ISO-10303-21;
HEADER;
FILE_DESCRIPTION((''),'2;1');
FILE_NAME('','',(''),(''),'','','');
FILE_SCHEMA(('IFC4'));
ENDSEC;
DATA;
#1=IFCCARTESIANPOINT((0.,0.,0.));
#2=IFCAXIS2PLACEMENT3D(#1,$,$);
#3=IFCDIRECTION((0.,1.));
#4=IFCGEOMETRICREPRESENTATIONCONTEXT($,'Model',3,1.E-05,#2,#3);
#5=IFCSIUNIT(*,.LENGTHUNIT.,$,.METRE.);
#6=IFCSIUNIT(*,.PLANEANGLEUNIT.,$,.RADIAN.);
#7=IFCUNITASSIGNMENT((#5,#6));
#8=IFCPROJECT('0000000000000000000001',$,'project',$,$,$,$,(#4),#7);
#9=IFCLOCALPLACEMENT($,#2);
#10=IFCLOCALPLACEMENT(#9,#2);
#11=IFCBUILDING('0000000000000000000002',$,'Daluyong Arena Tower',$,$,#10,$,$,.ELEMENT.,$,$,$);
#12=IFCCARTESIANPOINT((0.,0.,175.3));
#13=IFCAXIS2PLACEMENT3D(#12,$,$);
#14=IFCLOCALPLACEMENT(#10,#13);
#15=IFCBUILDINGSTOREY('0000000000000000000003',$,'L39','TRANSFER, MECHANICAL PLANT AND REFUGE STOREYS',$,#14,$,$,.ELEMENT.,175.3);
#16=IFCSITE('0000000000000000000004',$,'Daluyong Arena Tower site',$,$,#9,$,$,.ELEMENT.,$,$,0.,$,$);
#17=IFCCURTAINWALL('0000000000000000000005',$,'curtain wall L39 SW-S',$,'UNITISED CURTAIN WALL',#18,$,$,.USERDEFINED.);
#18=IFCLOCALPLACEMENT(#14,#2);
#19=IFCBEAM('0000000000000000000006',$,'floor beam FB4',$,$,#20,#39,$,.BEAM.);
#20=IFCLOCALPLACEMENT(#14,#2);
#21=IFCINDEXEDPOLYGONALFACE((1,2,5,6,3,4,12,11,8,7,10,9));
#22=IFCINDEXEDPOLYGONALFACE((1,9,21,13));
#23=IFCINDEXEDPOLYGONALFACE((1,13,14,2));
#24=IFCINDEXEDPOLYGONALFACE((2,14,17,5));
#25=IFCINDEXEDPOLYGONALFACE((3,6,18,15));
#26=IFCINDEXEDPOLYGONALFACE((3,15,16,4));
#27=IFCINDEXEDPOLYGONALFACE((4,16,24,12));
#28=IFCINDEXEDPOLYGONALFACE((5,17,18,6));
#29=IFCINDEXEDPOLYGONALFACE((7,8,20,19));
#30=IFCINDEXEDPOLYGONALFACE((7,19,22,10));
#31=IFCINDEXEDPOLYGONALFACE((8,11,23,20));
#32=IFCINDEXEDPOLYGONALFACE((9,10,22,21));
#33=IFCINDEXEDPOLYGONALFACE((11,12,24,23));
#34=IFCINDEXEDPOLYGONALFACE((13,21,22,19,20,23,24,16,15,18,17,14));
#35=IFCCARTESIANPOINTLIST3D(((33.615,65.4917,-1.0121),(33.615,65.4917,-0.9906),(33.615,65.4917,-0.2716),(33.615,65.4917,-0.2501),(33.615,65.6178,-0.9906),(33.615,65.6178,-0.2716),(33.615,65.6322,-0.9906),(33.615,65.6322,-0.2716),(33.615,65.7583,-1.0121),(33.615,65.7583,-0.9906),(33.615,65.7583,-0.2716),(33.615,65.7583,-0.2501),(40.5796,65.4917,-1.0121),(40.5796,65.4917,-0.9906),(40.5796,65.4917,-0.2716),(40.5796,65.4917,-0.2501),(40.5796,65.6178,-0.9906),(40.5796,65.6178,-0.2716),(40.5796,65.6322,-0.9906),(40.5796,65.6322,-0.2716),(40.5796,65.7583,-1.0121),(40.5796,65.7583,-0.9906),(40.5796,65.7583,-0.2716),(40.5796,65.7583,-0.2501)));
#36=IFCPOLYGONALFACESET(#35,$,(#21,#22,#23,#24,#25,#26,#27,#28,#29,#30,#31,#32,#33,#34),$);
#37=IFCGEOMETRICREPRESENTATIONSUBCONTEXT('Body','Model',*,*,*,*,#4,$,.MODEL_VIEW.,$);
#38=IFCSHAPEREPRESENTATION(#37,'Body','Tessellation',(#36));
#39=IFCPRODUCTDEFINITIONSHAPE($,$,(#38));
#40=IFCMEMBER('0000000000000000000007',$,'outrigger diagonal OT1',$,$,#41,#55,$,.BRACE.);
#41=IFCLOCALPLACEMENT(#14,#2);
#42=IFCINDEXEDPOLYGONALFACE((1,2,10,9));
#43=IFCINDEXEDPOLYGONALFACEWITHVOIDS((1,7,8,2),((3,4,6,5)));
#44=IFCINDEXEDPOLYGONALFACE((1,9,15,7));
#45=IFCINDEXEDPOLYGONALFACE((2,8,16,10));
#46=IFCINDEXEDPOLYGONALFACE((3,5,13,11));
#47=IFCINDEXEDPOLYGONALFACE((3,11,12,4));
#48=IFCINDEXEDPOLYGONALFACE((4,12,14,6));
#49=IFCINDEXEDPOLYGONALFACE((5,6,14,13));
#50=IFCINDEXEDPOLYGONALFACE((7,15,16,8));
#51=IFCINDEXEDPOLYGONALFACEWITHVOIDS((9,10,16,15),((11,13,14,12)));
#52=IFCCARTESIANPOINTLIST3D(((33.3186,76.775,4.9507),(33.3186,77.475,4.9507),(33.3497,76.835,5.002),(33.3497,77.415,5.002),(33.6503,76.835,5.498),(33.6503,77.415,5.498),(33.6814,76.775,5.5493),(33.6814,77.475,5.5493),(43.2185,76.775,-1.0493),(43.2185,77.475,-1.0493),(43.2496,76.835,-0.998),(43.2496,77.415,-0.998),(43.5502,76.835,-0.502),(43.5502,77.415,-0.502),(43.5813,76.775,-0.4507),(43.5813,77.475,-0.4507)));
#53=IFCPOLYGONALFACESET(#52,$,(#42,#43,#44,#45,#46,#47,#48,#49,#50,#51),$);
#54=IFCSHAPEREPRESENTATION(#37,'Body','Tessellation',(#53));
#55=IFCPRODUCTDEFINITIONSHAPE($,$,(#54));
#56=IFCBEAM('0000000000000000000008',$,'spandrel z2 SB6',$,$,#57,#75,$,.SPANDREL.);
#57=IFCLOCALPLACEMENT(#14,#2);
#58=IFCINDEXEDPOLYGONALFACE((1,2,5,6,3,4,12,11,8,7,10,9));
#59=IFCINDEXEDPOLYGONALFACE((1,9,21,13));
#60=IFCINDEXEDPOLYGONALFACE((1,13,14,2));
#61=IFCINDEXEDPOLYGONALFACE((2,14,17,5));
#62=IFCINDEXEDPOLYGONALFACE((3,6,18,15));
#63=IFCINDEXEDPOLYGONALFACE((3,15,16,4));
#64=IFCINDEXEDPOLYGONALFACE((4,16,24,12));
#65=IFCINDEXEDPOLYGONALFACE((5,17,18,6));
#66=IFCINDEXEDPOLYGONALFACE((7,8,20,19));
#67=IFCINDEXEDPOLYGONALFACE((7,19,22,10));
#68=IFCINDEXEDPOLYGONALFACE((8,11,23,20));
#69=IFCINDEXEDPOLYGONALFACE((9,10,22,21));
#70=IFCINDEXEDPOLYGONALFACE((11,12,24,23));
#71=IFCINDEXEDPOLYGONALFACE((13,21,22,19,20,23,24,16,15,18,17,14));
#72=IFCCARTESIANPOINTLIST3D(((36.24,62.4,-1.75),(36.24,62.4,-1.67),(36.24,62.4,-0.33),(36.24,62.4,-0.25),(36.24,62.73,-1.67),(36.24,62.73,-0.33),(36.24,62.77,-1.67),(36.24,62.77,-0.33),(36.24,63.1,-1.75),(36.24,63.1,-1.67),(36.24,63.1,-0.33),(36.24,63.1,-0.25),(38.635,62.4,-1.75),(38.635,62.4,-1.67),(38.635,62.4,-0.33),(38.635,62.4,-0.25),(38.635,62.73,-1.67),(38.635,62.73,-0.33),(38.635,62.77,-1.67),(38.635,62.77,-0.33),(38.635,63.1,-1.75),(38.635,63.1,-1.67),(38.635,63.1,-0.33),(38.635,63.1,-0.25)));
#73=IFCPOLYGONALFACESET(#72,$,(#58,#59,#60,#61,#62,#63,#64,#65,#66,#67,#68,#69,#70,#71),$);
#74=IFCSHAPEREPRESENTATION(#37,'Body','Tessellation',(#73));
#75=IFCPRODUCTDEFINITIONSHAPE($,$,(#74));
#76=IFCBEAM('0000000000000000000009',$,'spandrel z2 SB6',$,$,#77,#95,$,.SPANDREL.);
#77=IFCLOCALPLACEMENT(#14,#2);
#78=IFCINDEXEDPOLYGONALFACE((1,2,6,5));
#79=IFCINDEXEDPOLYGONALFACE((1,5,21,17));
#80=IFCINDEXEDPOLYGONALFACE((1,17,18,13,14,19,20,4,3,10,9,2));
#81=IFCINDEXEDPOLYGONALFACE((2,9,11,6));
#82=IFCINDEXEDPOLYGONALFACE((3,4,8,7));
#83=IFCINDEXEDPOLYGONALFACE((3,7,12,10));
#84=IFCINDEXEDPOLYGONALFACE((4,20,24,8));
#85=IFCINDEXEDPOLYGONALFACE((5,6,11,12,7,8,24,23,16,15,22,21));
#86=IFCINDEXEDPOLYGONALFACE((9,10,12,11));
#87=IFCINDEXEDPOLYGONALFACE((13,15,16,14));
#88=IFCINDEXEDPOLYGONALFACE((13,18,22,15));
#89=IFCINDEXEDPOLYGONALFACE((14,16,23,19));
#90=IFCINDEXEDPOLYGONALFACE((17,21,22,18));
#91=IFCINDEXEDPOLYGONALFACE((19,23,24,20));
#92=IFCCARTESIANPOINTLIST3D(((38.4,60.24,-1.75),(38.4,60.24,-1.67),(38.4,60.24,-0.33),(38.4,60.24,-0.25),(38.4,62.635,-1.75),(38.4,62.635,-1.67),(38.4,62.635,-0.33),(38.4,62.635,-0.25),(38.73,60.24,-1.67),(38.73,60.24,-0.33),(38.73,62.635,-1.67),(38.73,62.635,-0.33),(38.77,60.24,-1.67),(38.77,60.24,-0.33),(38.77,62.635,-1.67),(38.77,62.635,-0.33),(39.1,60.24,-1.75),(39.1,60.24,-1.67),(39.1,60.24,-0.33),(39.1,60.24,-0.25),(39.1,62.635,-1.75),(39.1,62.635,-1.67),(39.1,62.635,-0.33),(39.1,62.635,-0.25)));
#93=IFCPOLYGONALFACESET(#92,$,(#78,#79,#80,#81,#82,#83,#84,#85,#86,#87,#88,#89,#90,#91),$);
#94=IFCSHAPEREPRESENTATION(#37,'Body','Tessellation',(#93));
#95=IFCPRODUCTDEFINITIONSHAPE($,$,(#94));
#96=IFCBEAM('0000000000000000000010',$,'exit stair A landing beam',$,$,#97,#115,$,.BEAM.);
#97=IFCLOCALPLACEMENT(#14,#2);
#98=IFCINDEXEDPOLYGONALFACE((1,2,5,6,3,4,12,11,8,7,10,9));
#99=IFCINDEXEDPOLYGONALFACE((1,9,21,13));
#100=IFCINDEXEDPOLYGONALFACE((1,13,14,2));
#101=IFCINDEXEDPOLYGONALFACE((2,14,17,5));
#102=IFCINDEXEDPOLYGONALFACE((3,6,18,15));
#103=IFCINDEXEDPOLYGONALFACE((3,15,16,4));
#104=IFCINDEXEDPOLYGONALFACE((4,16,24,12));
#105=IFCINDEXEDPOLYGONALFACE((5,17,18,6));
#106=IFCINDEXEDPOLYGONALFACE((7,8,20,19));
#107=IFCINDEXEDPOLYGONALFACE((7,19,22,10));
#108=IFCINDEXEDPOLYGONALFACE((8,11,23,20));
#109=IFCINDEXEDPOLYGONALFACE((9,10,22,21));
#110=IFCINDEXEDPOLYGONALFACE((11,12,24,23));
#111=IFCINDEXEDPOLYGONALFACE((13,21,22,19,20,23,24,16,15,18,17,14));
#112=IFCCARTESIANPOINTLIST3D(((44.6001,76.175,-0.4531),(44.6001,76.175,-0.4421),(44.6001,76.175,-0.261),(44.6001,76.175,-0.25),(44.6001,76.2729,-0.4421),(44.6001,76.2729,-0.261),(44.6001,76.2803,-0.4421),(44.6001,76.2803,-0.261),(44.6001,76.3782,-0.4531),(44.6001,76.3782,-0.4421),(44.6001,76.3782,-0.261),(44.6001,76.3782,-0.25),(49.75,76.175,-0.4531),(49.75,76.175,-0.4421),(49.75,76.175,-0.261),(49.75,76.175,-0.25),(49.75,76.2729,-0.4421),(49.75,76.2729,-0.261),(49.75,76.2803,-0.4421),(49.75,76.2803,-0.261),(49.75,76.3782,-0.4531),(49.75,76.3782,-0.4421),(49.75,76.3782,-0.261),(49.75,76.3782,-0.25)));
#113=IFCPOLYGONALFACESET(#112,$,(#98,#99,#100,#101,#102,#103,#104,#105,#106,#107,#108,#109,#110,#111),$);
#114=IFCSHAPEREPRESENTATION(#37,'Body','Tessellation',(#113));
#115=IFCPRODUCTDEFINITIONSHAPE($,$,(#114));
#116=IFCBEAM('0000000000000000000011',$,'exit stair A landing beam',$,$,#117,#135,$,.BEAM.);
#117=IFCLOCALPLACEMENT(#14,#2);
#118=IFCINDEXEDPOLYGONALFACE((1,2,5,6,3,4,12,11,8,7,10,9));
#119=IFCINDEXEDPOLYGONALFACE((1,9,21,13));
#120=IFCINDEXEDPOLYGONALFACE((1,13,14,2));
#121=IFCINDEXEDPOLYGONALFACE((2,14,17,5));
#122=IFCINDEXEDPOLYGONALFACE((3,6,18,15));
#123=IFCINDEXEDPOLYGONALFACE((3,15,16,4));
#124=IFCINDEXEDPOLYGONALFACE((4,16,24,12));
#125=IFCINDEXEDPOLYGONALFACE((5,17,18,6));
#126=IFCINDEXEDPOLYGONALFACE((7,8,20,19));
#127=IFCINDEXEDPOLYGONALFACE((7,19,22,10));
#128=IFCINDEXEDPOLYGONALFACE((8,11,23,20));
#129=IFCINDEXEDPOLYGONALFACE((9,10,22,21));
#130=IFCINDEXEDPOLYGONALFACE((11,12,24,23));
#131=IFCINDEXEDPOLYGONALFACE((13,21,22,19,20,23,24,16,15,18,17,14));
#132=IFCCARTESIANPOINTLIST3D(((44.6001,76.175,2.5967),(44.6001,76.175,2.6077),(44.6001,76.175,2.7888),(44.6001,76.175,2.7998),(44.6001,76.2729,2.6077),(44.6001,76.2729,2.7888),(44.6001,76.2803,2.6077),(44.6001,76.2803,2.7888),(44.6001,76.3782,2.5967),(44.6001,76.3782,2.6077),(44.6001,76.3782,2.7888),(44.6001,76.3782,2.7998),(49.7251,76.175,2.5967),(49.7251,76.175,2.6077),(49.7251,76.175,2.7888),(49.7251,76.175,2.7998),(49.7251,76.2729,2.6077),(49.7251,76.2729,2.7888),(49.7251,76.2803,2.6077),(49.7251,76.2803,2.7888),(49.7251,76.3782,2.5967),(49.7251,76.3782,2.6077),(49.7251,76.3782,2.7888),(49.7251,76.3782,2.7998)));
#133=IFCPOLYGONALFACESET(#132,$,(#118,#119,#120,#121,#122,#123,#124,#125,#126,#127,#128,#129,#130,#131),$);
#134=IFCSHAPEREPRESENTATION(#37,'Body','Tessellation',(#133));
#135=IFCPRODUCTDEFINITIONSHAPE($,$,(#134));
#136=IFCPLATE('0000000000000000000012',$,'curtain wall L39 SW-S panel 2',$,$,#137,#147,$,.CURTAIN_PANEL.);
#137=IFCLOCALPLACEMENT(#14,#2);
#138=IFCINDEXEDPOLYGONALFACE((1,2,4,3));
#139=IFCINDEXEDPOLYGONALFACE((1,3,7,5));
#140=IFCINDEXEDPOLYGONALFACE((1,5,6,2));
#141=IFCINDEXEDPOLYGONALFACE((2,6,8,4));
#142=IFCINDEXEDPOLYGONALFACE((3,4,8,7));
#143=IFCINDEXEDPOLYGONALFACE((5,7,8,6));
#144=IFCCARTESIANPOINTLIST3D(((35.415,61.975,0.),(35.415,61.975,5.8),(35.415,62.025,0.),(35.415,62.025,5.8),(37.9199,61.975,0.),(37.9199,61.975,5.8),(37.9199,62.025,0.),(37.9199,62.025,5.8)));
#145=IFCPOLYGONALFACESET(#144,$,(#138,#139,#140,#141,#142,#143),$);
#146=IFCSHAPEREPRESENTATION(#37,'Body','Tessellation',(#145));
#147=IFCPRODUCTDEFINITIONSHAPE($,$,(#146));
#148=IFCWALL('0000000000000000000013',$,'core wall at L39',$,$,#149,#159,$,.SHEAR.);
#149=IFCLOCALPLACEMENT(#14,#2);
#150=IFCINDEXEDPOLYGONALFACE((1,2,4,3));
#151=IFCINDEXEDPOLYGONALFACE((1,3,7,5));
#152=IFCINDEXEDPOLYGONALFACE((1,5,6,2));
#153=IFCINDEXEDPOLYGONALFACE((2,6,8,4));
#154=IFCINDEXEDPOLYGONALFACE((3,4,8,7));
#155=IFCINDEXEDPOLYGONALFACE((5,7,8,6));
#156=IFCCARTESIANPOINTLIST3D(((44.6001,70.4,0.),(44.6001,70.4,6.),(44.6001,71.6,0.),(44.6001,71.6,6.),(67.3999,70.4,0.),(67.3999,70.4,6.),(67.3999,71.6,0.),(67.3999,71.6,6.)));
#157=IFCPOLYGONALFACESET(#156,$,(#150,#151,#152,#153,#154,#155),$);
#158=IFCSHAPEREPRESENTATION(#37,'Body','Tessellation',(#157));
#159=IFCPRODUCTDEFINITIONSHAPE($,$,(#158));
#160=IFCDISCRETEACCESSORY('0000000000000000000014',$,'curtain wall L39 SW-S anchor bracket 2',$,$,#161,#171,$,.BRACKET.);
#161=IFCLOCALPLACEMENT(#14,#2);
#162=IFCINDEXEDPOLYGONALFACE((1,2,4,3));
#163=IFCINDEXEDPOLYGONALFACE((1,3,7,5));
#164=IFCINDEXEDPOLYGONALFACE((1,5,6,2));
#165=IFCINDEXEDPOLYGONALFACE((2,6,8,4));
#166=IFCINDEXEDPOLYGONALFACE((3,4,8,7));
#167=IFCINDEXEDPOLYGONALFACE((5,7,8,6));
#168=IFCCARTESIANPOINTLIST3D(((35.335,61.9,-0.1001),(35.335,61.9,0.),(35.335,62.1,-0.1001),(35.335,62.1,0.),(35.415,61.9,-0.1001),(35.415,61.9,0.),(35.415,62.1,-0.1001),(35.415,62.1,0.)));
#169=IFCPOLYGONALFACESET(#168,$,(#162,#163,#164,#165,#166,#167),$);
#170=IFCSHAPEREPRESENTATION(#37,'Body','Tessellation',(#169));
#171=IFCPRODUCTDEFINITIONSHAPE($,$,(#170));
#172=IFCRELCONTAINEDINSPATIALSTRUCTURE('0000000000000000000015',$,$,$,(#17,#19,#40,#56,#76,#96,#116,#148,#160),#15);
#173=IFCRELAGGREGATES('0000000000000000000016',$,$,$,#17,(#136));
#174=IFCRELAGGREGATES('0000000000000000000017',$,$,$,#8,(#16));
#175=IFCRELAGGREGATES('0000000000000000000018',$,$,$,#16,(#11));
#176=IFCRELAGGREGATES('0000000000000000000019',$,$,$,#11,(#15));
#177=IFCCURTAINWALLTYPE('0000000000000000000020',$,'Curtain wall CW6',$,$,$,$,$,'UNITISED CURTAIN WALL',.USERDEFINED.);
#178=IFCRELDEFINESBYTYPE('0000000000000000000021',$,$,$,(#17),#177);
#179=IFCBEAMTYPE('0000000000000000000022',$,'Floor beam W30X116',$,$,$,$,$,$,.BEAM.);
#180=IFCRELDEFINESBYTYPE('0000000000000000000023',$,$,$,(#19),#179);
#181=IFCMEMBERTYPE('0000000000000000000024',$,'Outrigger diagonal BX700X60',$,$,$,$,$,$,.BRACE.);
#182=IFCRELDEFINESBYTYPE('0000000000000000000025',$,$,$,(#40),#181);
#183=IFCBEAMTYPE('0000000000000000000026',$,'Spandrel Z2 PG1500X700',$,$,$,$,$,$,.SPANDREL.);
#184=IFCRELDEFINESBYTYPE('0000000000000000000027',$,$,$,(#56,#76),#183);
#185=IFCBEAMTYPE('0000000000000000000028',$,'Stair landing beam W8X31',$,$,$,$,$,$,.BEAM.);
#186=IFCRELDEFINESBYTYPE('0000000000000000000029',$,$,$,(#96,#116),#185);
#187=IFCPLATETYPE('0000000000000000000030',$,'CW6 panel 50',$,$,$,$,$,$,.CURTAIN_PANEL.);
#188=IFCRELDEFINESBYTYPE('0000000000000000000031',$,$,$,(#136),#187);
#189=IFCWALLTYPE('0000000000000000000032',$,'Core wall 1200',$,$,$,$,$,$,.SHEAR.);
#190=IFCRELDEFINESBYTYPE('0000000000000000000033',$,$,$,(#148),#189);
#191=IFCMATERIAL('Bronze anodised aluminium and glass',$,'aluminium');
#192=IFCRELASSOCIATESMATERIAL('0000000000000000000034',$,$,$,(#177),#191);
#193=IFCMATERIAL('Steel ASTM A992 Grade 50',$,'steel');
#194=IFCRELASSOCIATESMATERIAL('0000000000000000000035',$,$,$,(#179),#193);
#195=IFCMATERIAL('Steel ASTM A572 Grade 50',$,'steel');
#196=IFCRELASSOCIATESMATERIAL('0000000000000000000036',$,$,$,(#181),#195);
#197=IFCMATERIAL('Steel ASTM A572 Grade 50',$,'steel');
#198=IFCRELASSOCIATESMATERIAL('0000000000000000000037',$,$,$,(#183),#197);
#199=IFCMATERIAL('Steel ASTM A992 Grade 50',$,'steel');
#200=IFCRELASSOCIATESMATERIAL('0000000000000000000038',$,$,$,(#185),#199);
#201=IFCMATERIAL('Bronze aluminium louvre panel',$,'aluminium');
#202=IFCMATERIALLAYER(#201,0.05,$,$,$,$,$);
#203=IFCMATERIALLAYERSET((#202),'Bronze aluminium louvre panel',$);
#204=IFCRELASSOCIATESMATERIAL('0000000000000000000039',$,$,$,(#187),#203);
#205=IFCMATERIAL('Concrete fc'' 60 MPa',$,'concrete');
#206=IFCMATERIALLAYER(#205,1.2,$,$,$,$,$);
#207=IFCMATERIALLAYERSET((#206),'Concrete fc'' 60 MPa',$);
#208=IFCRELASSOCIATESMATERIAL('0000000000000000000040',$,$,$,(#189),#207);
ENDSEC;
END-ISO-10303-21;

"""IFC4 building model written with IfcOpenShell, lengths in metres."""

from ifc_helpers import new_model, si_unit, direction, frame, frame_2d, origin, origin_2d, place, context, subcontext, project, spatial, rectangle, hollow_rectangle, i_section, extrude, material, layer, layer_set, material_profile, profile_set, type_object, element, aggregate, save


model = new_model("IFC4")

# Units and contexts
model_context = context("Model", 3, precision=1e-05, world=origin(), true_north=direction((0.0, 1.0)))
body_context = subcontext(model_context, "Body", "Model", "MODEL_VIEW")
ifc_project = project(units=[si_unit("LENGTHUNIT", "METRE"), si_unit("PLANEANGLEUNIT", "RADIAN")], contexts=[model_context])

# Site, building, storey
site_placement = place(None, origin())
site = spatial("IfcSite", under=ifc_project, at=site_placement, Name="Daluyong Arena Tower site", CompositionType="ELEMENT", RefElevation=0.0)
building_placement = place(site_placement, origin())
building = spatial("IfcBuilding", under=site, at=building_placement, Name="Daluyong Arena Tower", CompositionType="ELEMENT")
storey_placement = place(building_placement, frame((0.0, 0.0, 175.3)))
storey = spatial("IfcBuildingStorey", under=building, at=storey_placement, Name="L39", Description="TRANSFER, MECHANICAL PLANT AND REFUGE STOREYS", CompositionType="ELEMENT", Elevation=175.3)

# Curtain wall
ifc_material_1 = material(Name="Bronze anodised aluminium and glass", Category="aluminium")
curtain_wall_type = type_object("IfcCurtainWallType", Name="Curtain wall CW6", ElementType="UNITISED CURTAIN WALL", PredefinedType="USERDEFINED", material=ifc_material_1)
curtain_wall_placement = place(storey_placement, origin())
curtain_wall = element("IfcCurtainWall", 1, at=curtain_wall_placement, inside=storey, type_object=curtain_wall_type, Name="curtain wall L39 SW-S", ObjectType="UNITISED CURTAIN WALL", PredefinedType="USERDEFINED")

# Beam
ifc_material_2 = material(Name="Steel ASTM A992 Grade 50", Category="steel")
ifc_material_profile_1 = material_profile(ifc_material_2, i_section(OverallWidth=0.2666, OverallDepth=0.762, WebThickness=0.0144, FlangeThickness=0.0215, at=origin_2d()))
ifc_profile_set_1 = profile_set([ifc_material_profile_1], Name="Steel ASTM A992 Grade 50")
beam_type_1 = type_object("IfcBeamType", Name="Floor beam W30X116", PredefinedType="BEAM", material=ifc_profile_set_1)
beam_1_placement = place(storey_placement, frame((33.615, 65.625, -0.6311), z_axis=(1.0, 0.0, 0.0), x_axis=(0.0, 1.0, 0.0)))
element("IfcBeam", 2, at=beam_1_placement, inside=storey, type_object=beam_type_1, Name="floor beam FB4", PredefinedType="BEAM", context=body_context, shape_type="SweptSolid", body=[
    extrude(i_section(OverallWidth=0.2666, OverallDepth=0.762, WebThickness=0.0144, FlangeThickness=0.0215, at=origin_2d()), origin(), (0.0, 0.0, 1.0), 6.9646),
])

# Member
ifc_material_3 = material(Name="Steel ASTM A572 Grade 50", Category="steel")
ifc_material_profile_2 = material_profile(ifc_material_3, hollow_rectangle(XDim=0.7, YDim=0.7, WallThickness=0.06, at=origin_2d()))
ifc_profile_set_2 = profile_set([ifc_material_profile_2], Name="Steel ASTM A572 Grade 50")
member_type_1 = type_object("IfcMemberType", Name="Outrigger diagonal BX700X60", PredefinedType="BRACE", material=ifc_profile_set_2)
member_1_placement = place(storey_placement, frame((43.3999, 77.125, -0.75), z_axis=(-0.855196, 0.0, 0.518305), x_axis=(0.0, -1.0, 0.0)))
element("IfcMember", 3, at=member_1_placement, inside=storey, type_object=member_type_1, Name="outrigger diagonal OT1", PredefinedType="BRACE", context=body_context, shape_type="SweptSolid", body=[
    extrude(hollow_rectangle(XDim=0.7, YDim=0.7, WallThickness=0.06, at=origin_2d()), origin(), (0.0, 0.0, 1.0), 11.5762),
])

# Beams
ifc_material_4 = material(Name="Steel ASTM A572 Grade 50", Category="steel")
ifc_material_profile_3 = material_profile(ifc_material_4, i_section(OverallWidth=0.7, OverallDepth=1.5, WebThickness=0.04, FlangeThickness=0.08, at=origin_2d()))
ifc_profile_set_3 = profile_set([ifc_material_profile_3], Name="Steel ASTM A572 Grade 50")
beam_type_2 = type_object("IfcBeamType", Name="Spandrel Z2 PG1500X700", PredefinedType="SPANDREL", material=ifc_profile_set_3)
for number, where, z_axis, x_axis, name in (
    (4, (36.24, 62.75, -1.0), (1.0, 0.0, 0.0), (0.0, 1.0, 0.0), "spandrel z2 SB6"),
    (5, (38.75, 62.635, -1.0), (0.0, -1.0, 0.0), (1.0, 0.0, 0.0), "spandrel z2 SB6"),
):
    element("IfcBeam", number, at=place(storey_placement, frame(where, z_axis=z_axis, x_axis=x_axis)), inside=storey, type_object=beam_type_2, Name=name, PredefinedType="SPANDREL", context=body_context, shape_type="SweptSolid", body=[
        extrude(i_section(OverallWidth=0.7, OverallDepth=1.5, WebThickness=0.04, FlangeThickness=0.08, at=origin_2d()), origin(), (0.0, 0.0, 1.0), 2.395),
    ])
ifc_material_5 = material(Name="Steel ASTM A992 Grade 50", Category="steel")
ifc_material_profile_4 = material_profile(ifc_material_5, i_section(OverallWidth=0.2031, OverallDepth=0.2031, WebThickness=0.0073, FlangeThickness=0.011, at=origin_2d()))
ifc_profile_set_4 = profile_set([ifc_material_profile_4], Name="Steel ASTM A992 Grade 50")
beam_type_3 = type_object("IfcBeamType", Name="Stair landing beam W8X31", PredefinedType="BEAM", material=ifc_profile_set_4)
beam_2_placement = place(storey_placement, frame((44.6001, 76.2766, -0.3516), z_axis=(1.0, 0.0, 0.0), x_axis=(0.0, 1.0, 0.0)))
element("IfcBeam", 6, at=beam_2_placement, inside=storey, type_object=beam_type_3, Name="exit stair A landing beam", PredefinedType="BEAM", context=body_context, shape_type="SweptSolid", body=[
    extrude(i_section(OverallWidth=0.2031, OverallDepth=0.2031, WebThickness=0.0073, FlangeThickness=0.011, at=origin_2d()), origin(), (0.0, 0.0, 1.0), 5.1499),
])
beam_3_placement = place(storey_placement, frame((44.6001, 76.2766, 2.6982), z_axis=(1.0, 0.0, 0.0), x_axis=(0.0, 1.0, 0.0)))
element("IfcBeam", 7, at=beam_3_placement, inside=storey, type_object=beam_type_3, Name="exit stair A landing beam", PredefinedType="BEAM", context=body_context, shape_type="SweptSolid", body=[
    extrude(i_section(OverallWidth=0.2031, OverallDepth=0.2031, WebThickness=0.0073, FlangeThickness=0.011, at=origin_2d()), origin(), (0.0, 0.0, 1.0), 5.125),
])

# Plate
ifc_material_6 = material(Name="Bronze aluminium louvre panel", Category="aluminium")
ifc_layer_1 = layer(ifc_material_6, 0.05)
ifc_layer_set_1 = layer_set([ifc_layer_1], Name="Bronze aluminium louvre panel")
plate_type = type_object("IfcPlateType", Name="CW6 panel 50", PredefinedType="CURTAIN_PANEL", material=ifc_layer_set_1)
plate_placement = place(storey_placement, frame((36.6675, 62.0, 0.0), z_axis=(0.0, 0.0, 1.0), x_axis=(1.0, 0.0, 0.0)))
plate = element("IfcPlate", 8, at=plate_placement, type_object=plate_type, Name="curtain wall L39 SW-S panel 2", PredefinedType="CURTAIN_PANEL", context=body_context, shape_type="SweptSolid", body=[
    extrude(rectangle(XDim=2.5049, YDim=0.05, at=origin_2d()), origin(), (0.0, 0.0, 1.0), 5.8),
])
aggregate(curtain_wall, [plate])

# Shared definitions
ifc_material_7 = material(Name="Concrete fc' 60 MPa", Category="concrete")
ifc_layer_2 = layer(ifc_material_7, 1.2)
ifc_layer_set_2 = layer_set([ifc_layer_2], Name="Concrete fc' 60 MPa")
wall_type = type_object("IfcWallType", Name="Core wall 1200", PredefinedType="SHEAR", material=ifc_layer_set_2)

# Wall
wall_1_placement = place(storey_placement, frame((44.6001, 71.0, 0.0), z_axis=(0.0, 0.0, 1.0), x_axis=(1.0, 0.0, 0.0)))
element("IfcWall", 9, at=wall_1_placement, inside=storey, type_object=wall_type, Name="core wall at L39", PredefinedType="SHEAR", context=body_context, shape_type="SweptSolid", body=[
    extrude(rectangle(XDim=22.7998, YDim=1.2, at=frame_2d((11.3999, 0.0))), origin(), (0.0, 0.0, 1.0), 6.0),
])

# Discrete accessory
discrete_accessory_placement = place(storey_placement, frame((35.375, 62.0, -0.1001), z_axis=(0.0, 0.0, 1.0), x_axis=(1.0, 0.0, 0.0)))
element("IfcDiscreteAccessory", 10, at=discrete_accessory_placement, inside=storey, Name="curtain wall L39 SW-S anchor bracket 2", PredefinedType="BRACKET", context=body_context, shape_type="SweptSolid", body=[
    extrude(rectangle(XDim=0.0801, YDim=0.2, at=origin_2d()), origin(), (0.0, 0.0, 1.0), 0.1001),
])

save(model, "model.ifc")
